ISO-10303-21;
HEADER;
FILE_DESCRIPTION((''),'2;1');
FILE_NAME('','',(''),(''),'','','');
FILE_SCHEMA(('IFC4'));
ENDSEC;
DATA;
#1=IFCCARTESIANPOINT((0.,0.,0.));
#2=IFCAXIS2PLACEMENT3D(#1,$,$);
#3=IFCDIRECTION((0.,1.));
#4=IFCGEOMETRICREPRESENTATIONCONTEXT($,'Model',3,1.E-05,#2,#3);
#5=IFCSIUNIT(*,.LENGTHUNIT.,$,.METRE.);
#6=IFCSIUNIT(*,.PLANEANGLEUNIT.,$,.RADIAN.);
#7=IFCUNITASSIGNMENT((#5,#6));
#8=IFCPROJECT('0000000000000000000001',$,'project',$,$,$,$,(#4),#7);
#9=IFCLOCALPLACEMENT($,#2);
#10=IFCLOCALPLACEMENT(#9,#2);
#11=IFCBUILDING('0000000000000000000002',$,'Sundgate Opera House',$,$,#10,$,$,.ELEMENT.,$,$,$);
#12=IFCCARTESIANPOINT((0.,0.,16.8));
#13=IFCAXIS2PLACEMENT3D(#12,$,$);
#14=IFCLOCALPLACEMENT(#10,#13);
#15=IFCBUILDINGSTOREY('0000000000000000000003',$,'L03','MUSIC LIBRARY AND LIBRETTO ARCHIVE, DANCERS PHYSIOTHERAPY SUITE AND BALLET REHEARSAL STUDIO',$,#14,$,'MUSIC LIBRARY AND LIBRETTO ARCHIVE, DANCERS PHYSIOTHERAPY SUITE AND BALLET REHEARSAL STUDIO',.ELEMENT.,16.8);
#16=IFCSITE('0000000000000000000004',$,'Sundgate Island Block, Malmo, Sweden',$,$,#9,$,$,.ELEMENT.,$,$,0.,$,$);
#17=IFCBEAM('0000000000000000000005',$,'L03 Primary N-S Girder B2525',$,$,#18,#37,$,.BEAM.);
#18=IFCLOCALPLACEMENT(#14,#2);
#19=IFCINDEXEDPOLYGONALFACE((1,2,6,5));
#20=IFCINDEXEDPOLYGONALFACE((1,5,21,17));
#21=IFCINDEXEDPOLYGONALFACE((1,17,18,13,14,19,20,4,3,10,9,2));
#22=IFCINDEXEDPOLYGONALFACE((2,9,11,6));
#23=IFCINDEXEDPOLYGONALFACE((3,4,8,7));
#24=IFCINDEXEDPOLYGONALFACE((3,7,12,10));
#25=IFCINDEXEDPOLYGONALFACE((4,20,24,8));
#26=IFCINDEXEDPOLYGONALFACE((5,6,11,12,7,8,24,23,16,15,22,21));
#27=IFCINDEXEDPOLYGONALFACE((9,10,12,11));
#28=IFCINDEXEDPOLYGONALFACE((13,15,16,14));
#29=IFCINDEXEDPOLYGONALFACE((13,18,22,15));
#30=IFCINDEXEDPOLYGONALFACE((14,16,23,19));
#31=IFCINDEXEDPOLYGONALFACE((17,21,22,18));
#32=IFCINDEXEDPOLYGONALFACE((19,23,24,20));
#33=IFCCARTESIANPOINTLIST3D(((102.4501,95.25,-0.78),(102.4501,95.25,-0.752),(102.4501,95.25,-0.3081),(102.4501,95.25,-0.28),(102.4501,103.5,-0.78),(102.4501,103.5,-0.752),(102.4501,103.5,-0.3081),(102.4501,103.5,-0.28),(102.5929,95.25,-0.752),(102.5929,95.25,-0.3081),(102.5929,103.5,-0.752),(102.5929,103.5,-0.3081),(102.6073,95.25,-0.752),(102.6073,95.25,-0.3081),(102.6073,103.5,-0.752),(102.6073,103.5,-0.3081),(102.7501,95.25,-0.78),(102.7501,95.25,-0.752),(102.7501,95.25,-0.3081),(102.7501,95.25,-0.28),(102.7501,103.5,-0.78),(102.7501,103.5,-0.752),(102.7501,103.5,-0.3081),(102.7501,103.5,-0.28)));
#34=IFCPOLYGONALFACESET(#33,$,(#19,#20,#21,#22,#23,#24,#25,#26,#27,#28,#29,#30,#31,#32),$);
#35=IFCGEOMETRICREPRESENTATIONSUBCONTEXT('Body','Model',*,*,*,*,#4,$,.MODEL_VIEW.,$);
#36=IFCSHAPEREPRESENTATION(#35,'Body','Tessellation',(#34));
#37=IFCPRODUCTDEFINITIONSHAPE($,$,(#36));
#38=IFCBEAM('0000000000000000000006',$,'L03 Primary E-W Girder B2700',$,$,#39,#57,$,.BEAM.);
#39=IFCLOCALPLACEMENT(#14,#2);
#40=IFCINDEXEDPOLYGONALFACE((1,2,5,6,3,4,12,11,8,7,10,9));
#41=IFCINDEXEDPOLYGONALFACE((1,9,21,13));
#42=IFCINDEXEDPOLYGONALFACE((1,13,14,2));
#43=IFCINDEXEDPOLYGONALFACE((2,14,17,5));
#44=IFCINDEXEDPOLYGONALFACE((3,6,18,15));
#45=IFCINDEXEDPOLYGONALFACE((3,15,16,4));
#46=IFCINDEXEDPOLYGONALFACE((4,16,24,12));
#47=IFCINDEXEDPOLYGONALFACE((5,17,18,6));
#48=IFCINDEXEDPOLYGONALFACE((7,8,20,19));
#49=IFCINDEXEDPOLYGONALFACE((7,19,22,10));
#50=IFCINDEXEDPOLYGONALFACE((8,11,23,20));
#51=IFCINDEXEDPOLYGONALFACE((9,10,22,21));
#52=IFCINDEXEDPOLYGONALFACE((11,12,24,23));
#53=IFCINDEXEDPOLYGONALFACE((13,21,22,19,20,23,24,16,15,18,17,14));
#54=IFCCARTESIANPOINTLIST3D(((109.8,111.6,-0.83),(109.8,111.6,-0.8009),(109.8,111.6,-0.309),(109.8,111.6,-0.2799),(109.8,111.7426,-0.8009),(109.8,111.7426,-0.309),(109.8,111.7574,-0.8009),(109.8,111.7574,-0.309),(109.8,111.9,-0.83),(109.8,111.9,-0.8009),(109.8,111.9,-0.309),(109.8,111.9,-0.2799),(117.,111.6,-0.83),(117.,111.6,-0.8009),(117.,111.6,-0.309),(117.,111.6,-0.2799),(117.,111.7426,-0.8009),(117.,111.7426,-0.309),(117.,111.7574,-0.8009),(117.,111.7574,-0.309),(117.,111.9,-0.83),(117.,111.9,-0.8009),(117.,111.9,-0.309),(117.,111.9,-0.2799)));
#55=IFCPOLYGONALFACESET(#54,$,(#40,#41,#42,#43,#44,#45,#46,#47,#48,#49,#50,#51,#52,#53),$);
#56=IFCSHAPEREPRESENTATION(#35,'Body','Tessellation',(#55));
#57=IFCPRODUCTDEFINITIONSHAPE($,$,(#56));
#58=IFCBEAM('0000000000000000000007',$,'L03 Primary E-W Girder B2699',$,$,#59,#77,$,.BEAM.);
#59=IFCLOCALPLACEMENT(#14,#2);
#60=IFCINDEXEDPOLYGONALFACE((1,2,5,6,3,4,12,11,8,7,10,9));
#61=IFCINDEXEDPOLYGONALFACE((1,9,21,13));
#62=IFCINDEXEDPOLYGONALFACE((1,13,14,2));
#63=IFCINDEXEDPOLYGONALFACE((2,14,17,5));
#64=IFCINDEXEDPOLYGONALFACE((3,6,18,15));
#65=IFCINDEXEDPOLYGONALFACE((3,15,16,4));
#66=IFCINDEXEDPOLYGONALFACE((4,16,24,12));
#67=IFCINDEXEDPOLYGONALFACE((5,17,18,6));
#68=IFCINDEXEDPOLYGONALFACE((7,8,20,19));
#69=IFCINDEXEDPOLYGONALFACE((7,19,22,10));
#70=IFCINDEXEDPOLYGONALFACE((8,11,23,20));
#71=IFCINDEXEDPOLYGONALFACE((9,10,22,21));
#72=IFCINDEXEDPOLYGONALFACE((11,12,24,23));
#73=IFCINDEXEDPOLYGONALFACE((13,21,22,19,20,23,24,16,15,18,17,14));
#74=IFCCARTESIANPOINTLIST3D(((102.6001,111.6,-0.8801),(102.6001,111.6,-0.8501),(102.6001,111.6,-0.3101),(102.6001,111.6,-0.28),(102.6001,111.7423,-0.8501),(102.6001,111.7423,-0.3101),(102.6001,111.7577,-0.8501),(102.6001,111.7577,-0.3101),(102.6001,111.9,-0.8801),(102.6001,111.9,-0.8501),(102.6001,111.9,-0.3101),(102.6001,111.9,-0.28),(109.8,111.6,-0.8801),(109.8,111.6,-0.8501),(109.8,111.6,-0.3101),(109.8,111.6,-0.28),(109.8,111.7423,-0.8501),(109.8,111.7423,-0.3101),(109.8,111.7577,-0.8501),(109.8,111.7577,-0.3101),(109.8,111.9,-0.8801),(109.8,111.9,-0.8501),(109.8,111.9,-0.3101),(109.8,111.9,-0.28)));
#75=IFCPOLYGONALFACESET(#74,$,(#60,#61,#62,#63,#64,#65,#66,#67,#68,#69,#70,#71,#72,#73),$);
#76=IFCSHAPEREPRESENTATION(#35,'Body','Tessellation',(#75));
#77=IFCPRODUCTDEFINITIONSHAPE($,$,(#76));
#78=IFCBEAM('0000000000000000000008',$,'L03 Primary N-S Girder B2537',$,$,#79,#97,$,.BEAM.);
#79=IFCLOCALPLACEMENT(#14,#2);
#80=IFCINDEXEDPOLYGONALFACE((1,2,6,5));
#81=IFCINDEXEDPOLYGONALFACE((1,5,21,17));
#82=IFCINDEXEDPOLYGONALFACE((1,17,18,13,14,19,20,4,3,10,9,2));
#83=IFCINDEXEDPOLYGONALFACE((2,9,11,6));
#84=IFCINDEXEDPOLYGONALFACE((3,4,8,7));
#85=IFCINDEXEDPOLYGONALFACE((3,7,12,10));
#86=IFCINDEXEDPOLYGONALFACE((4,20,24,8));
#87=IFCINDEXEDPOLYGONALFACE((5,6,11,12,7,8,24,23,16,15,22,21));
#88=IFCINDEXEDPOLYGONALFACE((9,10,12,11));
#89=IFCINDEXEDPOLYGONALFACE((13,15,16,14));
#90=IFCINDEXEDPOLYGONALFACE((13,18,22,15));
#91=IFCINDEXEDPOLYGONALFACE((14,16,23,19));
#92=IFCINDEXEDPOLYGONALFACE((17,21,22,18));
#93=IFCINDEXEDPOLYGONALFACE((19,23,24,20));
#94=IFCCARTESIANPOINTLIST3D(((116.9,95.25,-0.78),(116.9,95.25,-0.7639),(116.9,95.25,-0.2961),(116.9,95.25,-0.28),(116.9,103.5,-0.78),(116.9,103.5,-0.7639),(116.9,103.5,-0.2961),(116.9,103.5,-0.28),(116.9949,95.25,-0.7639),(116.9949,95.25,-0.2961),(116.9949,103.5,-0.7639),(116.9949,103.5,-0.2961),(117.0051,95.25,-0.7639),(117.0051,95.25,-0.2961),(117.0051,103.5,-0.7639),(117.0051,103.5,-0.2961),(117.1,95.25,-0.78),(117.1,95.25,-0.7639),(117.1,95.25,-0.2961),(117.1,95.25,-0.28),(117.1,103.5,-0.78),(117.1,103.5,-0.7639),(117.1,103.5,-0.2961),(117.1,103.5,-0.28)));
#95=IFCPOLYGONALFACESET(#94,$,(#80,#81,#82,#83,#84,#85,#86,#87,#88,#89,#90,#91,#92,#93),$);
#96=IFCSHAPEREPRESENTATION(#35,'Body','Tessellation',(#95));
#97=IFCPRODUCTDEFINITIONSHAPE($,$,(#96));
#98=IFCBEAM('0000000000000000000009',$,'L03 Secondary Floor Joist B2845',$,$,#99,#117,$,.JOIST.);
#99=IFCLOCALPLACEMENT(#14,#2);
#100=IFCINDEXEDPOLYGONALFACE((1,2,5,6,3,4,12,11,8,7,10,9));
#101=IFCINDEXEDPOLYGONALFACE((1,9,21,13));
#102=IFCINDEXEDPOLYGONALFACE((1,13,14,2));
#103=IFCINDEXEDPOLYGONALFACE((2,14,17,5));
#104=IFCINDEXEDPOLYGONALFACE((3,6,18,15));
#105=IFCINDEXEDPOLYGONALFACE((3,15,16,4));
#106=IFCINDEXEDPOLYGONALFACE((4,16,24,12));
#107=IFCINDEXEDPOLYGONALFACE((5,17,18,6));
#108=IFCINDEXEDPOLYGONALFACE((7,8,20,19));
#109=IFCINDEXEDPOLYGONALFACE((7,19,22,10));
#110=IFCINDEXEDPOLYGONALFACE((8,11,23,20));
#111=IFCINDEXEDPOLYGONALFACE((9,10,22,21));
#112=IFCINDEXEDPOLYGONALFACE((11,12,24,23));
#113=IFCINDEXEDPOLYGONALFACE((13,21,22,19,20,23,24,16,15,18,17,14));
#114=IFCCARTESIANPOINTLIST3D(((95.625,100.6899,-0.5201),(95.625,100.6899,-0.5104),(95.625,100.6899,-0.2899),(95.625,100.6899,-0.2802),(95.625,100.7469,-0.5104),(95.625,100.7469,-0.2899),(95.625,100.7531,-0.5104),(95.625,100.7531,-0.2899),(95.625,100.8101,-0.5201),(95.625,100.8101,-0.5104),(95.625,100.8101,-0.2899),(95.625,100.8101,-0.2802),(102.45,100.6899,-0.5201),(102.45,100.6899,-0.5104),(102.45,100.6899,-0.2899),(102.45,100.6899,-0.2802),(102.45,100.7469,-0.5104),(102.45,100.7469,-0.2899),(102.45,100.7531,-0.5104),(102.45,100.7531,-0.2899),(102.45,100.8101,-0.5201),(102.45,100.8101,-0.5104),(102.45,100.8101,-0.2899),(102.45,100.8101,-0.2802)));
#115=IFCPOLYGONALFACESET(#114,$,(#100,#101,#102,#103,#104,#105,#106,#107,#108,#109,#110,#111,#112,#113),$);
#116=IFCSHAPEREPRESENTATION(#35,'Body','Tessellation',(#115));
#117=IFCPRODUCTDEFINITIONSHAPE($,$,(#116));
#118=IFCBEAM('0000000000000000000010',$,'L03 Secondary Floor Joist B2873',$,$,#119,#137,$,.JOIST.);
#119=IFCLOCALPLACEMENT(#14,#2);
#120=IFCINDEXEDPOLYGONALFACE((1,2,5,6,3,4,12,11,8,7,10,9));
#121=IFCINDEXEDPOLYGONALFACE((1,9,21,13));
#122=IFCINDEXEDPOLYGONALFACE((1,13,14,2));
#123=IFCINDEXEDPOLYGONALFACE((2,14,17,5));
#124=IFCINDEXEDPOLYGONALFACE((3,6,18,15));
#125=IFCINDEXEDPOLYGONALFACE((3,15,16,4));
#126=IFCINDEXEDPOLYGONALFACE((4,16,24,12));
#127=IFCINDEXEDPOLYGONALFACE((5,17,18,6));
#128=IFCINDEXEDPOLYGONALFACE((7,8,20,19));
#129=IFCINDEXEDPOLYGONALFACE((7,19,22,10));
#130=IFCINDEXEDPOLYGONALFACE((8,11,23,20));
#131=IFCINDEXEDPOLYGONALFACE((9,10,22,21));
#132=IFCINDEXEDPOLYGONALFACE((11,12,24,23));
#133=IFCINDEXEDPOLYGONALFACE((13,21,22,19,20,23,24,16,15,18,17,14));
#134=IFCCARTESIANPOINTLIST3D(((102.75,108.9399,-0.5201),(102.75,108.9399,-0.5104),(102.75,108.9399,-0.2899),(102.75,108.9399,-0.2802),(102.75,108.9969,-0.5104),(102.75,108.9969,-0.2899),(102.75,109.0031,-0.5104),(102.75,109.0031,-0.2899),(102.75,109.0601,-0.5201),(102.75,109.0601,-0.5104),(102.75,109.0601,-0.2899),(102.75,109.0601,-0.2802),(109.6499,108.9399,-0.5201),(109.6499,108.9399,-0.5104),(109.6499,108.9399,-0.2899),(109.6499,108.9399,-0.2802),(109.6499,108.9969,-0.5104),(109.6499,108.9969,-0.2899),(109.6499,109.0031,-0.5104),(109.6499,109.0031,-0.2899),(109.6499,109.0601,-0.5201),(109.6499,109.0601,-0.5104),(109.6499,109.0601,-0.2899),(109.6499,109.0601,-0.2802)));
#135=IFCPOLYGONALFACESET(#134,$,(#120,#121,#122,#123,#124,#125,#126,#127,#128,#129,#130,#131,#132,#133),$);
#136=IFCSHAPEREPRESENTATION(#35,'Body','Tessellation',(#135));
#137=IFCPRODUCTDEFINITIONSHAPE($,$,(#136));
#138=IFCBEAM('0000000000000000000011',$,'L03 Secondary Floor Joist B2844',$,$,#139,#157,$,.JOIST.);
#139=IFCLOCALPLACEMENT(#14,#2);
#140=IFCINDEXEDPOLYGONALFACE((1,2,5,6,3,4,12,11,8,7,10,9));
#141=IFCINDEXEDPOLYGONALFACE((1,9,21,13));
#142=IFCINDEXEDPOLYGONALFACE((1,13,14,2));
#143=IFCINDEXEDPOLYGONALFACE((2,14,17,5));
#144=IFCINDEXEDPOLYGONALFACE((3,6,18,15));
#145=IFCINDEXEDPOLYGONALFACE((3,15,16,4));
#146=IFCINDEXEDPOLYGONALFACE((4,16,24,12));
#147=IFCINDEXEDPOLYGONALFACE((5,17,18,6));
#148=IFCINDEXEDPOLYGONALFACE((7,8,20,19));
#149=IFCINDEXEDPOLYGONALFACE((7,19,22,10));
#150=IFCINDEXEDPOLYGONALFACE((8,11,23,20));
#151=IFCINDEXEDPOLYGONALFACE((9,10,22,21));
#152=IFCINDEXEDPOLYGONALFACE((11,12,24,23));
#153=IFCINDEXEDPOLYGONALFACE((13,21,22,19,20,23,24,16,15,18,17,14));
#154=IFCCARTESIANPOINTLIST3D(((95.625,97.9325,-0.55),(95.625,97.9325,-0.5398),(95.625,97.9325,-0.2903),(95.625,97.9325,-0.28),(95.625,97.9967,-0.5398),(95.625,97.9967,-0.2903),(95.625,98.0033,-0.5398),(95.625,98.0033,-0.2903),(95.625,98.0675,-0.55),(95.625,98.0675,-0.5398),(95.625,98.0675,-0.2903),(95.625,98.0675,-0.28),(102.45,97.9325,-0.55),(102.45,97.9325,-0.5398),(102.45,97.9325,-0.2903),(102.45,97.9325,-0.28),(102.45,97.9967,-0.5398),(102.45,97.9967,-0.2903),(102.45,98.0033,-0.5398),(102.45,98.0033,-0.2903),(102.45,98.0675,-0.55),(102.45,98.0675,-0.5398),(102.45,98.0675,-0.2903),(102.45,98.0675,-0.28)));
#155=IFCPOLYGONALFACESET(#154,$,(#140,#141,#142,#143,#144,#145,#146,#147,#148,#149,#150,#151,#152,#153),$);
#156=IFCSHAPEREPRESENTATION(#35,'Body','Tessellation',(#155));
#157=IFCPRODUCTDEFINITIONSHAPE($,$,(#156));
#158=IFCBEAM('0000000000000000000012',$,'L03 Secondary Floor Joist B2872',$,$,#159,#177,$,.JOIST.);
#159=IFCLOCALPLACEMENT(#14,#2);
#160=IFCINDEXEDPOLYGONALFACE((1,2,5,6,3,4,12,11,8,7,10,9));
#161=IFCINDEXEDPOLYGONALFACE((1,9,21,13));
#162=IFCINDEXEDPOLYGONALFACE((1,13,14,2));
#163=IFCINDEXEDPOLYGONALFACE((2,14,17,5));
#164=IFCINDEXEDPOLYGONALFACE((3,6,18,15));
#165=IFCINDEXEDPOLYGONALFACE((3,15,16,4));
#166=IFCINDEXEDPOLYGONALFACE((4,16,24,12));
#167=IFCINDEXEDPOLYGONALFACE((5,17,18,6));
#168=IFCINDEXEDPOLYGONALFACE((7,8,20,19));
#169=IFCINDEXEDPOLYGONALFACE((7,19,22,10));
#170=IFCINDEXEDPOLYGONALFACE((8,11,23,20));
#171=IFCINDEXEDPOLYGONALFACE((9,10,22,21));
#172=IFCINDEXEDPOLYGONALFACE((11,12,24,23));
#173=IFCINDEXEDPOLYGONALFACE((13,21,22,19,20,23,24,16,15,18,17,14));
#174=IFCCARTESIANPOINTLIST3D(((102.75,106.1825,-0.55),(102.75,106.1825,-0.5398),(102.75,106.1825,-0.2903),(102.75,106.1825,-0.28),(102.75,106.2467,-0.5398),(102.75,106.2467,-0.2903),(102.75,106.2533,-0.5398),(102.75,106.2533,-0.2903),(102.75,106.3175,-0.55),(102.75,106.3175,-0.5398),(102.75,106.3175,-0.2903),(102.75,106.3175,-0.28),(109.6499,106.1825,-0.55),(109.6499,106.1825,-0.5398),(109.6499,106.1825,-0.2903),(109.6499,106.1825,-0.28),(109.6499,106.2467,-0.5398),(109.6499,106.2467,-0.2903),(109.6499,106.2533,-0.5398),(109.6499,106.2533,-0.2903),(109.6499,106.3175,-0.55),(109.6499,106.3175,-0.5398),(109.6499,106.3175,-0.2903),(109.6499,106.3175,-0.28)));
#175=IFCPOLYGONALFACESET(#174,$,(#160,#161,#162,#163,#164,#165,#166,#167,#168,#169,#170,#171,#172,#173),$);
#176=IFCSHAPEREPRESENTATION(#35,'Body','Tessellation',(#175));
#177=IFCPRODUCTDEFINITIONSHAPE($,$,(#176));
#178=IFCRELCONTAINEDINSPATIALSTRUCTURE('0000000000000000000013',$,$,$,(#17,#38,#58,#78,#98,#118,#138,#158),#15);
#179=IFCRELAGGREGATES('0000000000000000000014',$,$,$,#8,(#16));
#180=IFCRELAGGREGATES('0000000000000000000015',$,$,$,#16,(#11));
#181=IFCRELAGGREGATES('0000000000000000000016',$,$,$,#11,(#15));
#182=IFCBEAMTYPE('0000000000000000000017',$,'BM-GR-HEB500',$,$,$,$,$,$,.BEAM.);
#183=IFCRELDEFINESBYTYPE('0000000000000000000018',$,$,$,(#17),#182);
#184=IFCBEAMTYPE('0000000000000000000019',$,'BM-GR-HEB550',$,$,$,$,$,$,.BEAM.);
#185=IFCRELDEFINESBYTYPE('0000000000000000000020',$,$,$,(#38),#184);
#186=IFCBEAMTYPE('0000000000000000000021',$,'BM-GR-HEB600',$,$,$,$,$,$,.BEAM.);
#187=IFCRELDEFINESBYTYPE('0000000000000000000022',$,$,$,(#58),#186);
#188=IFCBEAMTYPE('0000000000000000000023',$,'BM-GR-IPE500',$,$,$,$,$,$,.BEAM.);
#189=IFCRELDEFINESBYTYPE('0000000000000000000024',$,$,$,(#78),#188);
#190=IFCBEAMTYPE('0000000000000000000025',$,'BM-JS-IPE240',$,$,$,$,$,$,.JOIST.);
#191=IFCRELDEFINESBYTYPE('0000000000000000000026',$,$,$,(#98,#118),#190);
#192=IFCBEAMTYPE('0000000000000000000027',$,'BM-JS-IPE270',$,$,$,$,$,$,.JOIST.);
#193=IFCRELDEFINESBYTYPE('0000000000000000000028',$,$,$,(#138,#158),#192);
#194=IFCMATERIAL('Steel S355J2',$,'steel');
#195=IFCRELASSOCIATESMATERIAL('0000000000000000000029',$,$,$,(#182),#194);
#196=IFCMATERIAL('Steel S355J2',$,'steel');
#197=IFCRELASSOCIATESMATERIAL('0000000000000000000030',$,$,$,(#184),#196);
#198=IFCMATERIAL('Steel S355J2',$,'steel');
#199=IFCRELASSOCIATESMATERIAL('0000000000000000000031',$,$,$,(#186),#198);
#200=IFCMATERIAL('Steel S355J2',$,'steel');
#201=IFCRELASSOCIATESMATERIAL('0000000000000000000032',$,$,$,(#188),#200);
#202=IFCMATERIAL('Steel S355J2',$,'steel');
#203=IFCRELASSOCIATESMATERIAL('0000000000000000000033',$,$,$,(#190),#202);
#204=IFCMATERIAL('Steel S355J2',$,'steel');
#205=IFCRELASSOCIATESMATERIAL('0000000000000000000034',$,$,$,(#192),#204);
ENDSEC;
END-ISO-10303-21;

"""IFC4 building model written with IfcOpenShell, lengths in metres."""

from ifc_helpers import new_model, si_unit, direction, frame, origin, origin_2d, place, context, subcontext, project, spatial, i_section, extrude, material, material_profile, profile_set, type_object, element, save


model = new_model("IFC4")

# Units and contexts
model_context = context("Model", 3, precision=1e-05, world=origin(), true_north=direction((0.0, 1.0)))
body_context = subcontext(model_context, "Body", "Model", "MODEL_VIEW")
ifc_project = project(units=[si_unit("LENGTHUNIT", "METRE"), si_unit("PLANEANGLEUNIT", "RADIAN")], contexts=[model_context])

# Site, building, storey
site_placement = place(None, origin())
site = spatial("IfcSite", under=ifc_project, at=site_placement, Name="Sundgate Island Block, Malmo, Sweden", CompositionType="ELEMENT", RefElevation=0.0)
building_placement = place(site_placement, origin())
building = spatial("IfcBuilding", under=site, at=building_placement, Name="Sundgate Opera House", CompositionType="ELEMENT")
storey_placement = place(building_placement, frame((0.0, 0.0, 16.8)))
storey = spatial("IfcBuildingStorey", under=building, at=storey_placement, Name="L03", Description="MUSIC LIBRARY AND LIBRETTO ARCHIVE, DANCERS PHYSIOTHERAPY SUITE AND BALLET REHEARSAL STUDIO", LongName="MUSIC LIBRARY AND LIBRETTO ARCHIVE, DANCERS PHYSIOTHERAPY SUITE AND BALLET REHEARSAL STUDIO", CompositionType="ELEMENT", Elevation=16.8)

# Beams
ifc_material_1 = material(Name="Steel S355J2", Category="steel")
ifc_material_profile_1 = material_profile(ifc_material_1, i_section(OverallWidth=0.3, OverallDepth=0.5, WebThickness=0.0144, FlangeThickness=0.0281, at=origin_2d()), Name="HEB 500")
ifc_profile_set_1 = profile_set([ifc_material_profile_1], Name="Steel S355J2")
beam_type_1 = type_object("IfcBeamType", Name="BM-GR-HEB500", PredefinedType="BEAM", material=ifc_profile_set_1)
beam_1_placement = place(storey_placement, frame((102.6001, 95.25, -0.53), z_axis=(0.0, 1.0, 0.0), x_axis=(-1.0, 0.0, 0.0)))
element("IfcBeam", 1, at=beam_1_placement, inside=storey, type_object=beam_type_1, Name="L03 Primary N-S Girder B2525", PredefinedType="BEAM", context=body_context, shape_type="SweptSolid", body=[
    extrude(i_section(OverallWidth=0.3, OverallDepth=0.5, WebThickness=0.0144, FlangeThickness=0.0281, at=origin_2d()), origin(), (0.0, 0.0, 1.0), 8.25),
])
ifc_material_2 = material(Name="Steel S355J2", Category="steel")
ifc_material_profile_2 = material_profile(ifc_material_2, i_section(OverallWidth=0.3, OverallDepth=0.55, WebThickness=0.0149, FlangeThickness=0.0291, at=origin_2d()), Name="HEB 550")
ifc_profile_set_2 = profile_set([ifc_material_profile_2], Name="Steel S355J2")
beam_type_2 = type_object("IfcBeamType", Name="BM-GR-HEB550", PredefinedType="BEAM", material=ifc_profile_set_2)
beam_2_placement = place(storey_placement, frame((109.8, 111.75, -0.5549), z_axis=(1.0, 0.0, 0.0), x_axis=(0.0, 1.0, 0.0)))
element("IfcBeam", 2, at=beam_2_placement, inside=storey, type_object=beam_type_2, Name="L03 Primary E-W Girder B2700", PredefinedType="BEAM", context=body_context, shape_type="SweptSolid", body=[
    extrude(i_section(OverallWidth=0.3, OverallDepth=0.55, WebThickness=0.0149, FlangeThickness=0.0291, at=origin_2d()), origin(), (0.0, 0.0, 1.0), 7.2),
])
ifc_material_3 = material(Name="Steel S355J2", Category="steel")
ifc_material_profile_3 = material_profile(ifc_material_3, i_section(OverallWidth=0.3, OverallDepth=0.6001, WebThickness=0.0154, FlangeThickness=0.03, at=origin_2d()), Name="HEB 600")
ifc_profile_set_3 = profile_set([ifc_material_profile_3], Name="Steel S355J2")
beam_type_3 = type_object("IfcBeamType", Name="BM-GR-HEB600", PredefinedType="BEAM", material=ifc_profile_set_3)
beam_3_placement = place(storey_placement, frame((102.6001, 111.75, -0.5801), z_axis=(1.0, 0.0, 0.0), x_axis=(0.0, 1.0, 0.0)))
element("IfcBeam", 3, at=beam_3_placement, inside=storey, type_object=beam_type_3, Name="L03 Primary E-W Girder B2699", PredefinedType="BEAM", context=body_context, shape_type="SweptSolid", body=[
    extrude(i_section(OverallWidth=0.3, OverallDepth=0.6001, WebThickness=0.0154, FlangeThickness=0.03, at=origin_2d()), origin(), (0.0, 0.0, 1.0), 7.2),
])
ifc_material_4 = material(Name="Steel S355J2", Category="steel")
ifc_material_profile_4 = material_profile(ifc_material_4, i_section(OverallWidth=0.2, OverallDepth=0.5, WebThickness=0.0103, FlangeThickness=0.0161, at=origin_2d()), Name="IPE 500")
ifc_profile_set_4 = profile_set([ifc_material_profile_4], Name="Steel S355J2")
beam_type_4 = type_object("IfcBeamType", Name="BM-GR-IPE500", PredefinedType="BEAM", material=ifc_profile_set_4)
beam_4_placement = place(storey_placement, frame((117.0, 95.25, -0.53), z_axis=(0.0, 1.0, 0.0), x_axis=(-1.0, 0.0, 0.0)))
element("IfcBeam", 4, at=beam_4_placement, inside=storey, type_object=beam_type_4, Name="L03 Primary N-S Girder B2537", PredefinedType="BEAM", context=body_context, shape_type="SweptSolid", body=[
    extrude(i_section(OverallWidth=0.2, OverallDepth=0.5, WebThickness=0.0103, FlangeThickness=0.0161, at=origin_2d()), origin(), (0.0, 0.0, 1.0), 8.25),
])
ifc_material_5 = material(Name="Steel S355J2", Category="steel")
ifc_material_profile_5 = material_profile(ifc_material_5, i_section(OverallWidth=0.1201, OverallDepth=0.24, WebThickness=0.0061, FlangeThickness=0.0098, at=origin_2d()), Name="IPE 240")
ifc_profile_set_5 = profile_set([ifc_material_profile_5], Name="Steel S355J2")
beam_type_5 = type_object("IfcBeamType", Name="BM-JS-IPE240", PredefinedType="JOIST", material=ifc_profile_set_5)
beam_5_placement = place(storey_placement, frame((95.625, 100.75, -0.4001), z_axis=(1.0, 0.0, 0.0), x_axis=(0.0, 1.0, 0.0)))
element("IfcBeam", 5, at=beam_5_placement, inside=storey, type_object=beam_type_5, Name="L03 Secondary Floor Joist B2845", PredefinedType="JOIST", context=body_context, shape_type="SweptSolid", body=[
    extrude(i_section(OverallWidth=0.1201, OverallDepth=0.24, WebThickness=0.0061, FlangeThickness=0.0098, at=origin_2d()), origin(), (0.0, 0.0, 1.0), 6.825),
])
beam_6_placement = place(storey_placement, frame((102.75, 109.0, -0.4001), z_axis=(1.0, 0.0, 0.0), x_axis=(0.0, 1.0, 0.0)))
element("IfcBeam", 6, at=beam_6_placement, inside=storey, type_object=beam_type_5, Name="L03 Secondary Floor Joist B2873", PredefinedType="JOIST", context=body_context, shape_type="SweptSolid", body=[
    extrude(i_section(OverallWidth=0.1201, OverallDepth=0.24, WebThickness=0.0061, FlangeThickness=0.0098, at=origin_2d()), origin(), (0.0, 0.0, 1.0), 6.8999),
])
ifc_material_6 = material(Name="Steel S355J2", Category="steel")
ifc_material_profile_6 = material_profile(ifc_material_6, i_section(OverallWidth=0.135, OverallDepth=0.27, WebThickness=0.0066, FlangeThickness=0.0103, at=origin_2d()), Name="IPE 270")
ifc_profile_set_6 = profile_set([ifc_material_profile_6], Name="Steel S355J2")
beam_type_6 = type_object("IfcBeamType", Name="BM-JS-IPE270", PredefinedType="JOIST", material=ifc_profile_set_6)
beam_7_placement = place(storey_placement, frame((95.625, 98.0, -0.415), z_axis=(1.0, 0.0, 0.0), x_axis=(0.0, 1.0, 0.0)))
element("IfcBeam", 7, at=beam_7_placement, inside=storey, type_object=beam_type_6, Name="L03 Secondary Floor Joist B2844", PredefinedType="JOIST", context=body_context, shape_type="SweptSolid", body=[
    extrude(i_section(OverallWidth=0.135, OverallDepth=0.27, WebThickness=0.0066, FlangeThickness=0.0103, at=origin_2d()), origin(), (0.0, 0.0, 1.0), 6.825),
])
beam_8_placement = place(storey_placement, frame((102.75, 106.25, -0.415), z_axis=(1.0, 0.0, 0.0), x_axis=(0.0, 1.0, 0.0)))
element("IfcBeam", 8, at=beam_8_placement, inside=storey, type_object=beam_type_6, Name="L03 Secondary Floor Joist B2872", PredefinedType="JOIST", context=body_context, shape_type="SweptSolid", body=[
    extrude(i_section(OverallWidth=0.135, OverallDepth=0.27, WebThickness=0.0066, FlangeThickness=0.0103, at=origin_2d()), origin(), (0.0, 0.0, 1.0), 6.8999),
])

save(model, "model.ifc")
